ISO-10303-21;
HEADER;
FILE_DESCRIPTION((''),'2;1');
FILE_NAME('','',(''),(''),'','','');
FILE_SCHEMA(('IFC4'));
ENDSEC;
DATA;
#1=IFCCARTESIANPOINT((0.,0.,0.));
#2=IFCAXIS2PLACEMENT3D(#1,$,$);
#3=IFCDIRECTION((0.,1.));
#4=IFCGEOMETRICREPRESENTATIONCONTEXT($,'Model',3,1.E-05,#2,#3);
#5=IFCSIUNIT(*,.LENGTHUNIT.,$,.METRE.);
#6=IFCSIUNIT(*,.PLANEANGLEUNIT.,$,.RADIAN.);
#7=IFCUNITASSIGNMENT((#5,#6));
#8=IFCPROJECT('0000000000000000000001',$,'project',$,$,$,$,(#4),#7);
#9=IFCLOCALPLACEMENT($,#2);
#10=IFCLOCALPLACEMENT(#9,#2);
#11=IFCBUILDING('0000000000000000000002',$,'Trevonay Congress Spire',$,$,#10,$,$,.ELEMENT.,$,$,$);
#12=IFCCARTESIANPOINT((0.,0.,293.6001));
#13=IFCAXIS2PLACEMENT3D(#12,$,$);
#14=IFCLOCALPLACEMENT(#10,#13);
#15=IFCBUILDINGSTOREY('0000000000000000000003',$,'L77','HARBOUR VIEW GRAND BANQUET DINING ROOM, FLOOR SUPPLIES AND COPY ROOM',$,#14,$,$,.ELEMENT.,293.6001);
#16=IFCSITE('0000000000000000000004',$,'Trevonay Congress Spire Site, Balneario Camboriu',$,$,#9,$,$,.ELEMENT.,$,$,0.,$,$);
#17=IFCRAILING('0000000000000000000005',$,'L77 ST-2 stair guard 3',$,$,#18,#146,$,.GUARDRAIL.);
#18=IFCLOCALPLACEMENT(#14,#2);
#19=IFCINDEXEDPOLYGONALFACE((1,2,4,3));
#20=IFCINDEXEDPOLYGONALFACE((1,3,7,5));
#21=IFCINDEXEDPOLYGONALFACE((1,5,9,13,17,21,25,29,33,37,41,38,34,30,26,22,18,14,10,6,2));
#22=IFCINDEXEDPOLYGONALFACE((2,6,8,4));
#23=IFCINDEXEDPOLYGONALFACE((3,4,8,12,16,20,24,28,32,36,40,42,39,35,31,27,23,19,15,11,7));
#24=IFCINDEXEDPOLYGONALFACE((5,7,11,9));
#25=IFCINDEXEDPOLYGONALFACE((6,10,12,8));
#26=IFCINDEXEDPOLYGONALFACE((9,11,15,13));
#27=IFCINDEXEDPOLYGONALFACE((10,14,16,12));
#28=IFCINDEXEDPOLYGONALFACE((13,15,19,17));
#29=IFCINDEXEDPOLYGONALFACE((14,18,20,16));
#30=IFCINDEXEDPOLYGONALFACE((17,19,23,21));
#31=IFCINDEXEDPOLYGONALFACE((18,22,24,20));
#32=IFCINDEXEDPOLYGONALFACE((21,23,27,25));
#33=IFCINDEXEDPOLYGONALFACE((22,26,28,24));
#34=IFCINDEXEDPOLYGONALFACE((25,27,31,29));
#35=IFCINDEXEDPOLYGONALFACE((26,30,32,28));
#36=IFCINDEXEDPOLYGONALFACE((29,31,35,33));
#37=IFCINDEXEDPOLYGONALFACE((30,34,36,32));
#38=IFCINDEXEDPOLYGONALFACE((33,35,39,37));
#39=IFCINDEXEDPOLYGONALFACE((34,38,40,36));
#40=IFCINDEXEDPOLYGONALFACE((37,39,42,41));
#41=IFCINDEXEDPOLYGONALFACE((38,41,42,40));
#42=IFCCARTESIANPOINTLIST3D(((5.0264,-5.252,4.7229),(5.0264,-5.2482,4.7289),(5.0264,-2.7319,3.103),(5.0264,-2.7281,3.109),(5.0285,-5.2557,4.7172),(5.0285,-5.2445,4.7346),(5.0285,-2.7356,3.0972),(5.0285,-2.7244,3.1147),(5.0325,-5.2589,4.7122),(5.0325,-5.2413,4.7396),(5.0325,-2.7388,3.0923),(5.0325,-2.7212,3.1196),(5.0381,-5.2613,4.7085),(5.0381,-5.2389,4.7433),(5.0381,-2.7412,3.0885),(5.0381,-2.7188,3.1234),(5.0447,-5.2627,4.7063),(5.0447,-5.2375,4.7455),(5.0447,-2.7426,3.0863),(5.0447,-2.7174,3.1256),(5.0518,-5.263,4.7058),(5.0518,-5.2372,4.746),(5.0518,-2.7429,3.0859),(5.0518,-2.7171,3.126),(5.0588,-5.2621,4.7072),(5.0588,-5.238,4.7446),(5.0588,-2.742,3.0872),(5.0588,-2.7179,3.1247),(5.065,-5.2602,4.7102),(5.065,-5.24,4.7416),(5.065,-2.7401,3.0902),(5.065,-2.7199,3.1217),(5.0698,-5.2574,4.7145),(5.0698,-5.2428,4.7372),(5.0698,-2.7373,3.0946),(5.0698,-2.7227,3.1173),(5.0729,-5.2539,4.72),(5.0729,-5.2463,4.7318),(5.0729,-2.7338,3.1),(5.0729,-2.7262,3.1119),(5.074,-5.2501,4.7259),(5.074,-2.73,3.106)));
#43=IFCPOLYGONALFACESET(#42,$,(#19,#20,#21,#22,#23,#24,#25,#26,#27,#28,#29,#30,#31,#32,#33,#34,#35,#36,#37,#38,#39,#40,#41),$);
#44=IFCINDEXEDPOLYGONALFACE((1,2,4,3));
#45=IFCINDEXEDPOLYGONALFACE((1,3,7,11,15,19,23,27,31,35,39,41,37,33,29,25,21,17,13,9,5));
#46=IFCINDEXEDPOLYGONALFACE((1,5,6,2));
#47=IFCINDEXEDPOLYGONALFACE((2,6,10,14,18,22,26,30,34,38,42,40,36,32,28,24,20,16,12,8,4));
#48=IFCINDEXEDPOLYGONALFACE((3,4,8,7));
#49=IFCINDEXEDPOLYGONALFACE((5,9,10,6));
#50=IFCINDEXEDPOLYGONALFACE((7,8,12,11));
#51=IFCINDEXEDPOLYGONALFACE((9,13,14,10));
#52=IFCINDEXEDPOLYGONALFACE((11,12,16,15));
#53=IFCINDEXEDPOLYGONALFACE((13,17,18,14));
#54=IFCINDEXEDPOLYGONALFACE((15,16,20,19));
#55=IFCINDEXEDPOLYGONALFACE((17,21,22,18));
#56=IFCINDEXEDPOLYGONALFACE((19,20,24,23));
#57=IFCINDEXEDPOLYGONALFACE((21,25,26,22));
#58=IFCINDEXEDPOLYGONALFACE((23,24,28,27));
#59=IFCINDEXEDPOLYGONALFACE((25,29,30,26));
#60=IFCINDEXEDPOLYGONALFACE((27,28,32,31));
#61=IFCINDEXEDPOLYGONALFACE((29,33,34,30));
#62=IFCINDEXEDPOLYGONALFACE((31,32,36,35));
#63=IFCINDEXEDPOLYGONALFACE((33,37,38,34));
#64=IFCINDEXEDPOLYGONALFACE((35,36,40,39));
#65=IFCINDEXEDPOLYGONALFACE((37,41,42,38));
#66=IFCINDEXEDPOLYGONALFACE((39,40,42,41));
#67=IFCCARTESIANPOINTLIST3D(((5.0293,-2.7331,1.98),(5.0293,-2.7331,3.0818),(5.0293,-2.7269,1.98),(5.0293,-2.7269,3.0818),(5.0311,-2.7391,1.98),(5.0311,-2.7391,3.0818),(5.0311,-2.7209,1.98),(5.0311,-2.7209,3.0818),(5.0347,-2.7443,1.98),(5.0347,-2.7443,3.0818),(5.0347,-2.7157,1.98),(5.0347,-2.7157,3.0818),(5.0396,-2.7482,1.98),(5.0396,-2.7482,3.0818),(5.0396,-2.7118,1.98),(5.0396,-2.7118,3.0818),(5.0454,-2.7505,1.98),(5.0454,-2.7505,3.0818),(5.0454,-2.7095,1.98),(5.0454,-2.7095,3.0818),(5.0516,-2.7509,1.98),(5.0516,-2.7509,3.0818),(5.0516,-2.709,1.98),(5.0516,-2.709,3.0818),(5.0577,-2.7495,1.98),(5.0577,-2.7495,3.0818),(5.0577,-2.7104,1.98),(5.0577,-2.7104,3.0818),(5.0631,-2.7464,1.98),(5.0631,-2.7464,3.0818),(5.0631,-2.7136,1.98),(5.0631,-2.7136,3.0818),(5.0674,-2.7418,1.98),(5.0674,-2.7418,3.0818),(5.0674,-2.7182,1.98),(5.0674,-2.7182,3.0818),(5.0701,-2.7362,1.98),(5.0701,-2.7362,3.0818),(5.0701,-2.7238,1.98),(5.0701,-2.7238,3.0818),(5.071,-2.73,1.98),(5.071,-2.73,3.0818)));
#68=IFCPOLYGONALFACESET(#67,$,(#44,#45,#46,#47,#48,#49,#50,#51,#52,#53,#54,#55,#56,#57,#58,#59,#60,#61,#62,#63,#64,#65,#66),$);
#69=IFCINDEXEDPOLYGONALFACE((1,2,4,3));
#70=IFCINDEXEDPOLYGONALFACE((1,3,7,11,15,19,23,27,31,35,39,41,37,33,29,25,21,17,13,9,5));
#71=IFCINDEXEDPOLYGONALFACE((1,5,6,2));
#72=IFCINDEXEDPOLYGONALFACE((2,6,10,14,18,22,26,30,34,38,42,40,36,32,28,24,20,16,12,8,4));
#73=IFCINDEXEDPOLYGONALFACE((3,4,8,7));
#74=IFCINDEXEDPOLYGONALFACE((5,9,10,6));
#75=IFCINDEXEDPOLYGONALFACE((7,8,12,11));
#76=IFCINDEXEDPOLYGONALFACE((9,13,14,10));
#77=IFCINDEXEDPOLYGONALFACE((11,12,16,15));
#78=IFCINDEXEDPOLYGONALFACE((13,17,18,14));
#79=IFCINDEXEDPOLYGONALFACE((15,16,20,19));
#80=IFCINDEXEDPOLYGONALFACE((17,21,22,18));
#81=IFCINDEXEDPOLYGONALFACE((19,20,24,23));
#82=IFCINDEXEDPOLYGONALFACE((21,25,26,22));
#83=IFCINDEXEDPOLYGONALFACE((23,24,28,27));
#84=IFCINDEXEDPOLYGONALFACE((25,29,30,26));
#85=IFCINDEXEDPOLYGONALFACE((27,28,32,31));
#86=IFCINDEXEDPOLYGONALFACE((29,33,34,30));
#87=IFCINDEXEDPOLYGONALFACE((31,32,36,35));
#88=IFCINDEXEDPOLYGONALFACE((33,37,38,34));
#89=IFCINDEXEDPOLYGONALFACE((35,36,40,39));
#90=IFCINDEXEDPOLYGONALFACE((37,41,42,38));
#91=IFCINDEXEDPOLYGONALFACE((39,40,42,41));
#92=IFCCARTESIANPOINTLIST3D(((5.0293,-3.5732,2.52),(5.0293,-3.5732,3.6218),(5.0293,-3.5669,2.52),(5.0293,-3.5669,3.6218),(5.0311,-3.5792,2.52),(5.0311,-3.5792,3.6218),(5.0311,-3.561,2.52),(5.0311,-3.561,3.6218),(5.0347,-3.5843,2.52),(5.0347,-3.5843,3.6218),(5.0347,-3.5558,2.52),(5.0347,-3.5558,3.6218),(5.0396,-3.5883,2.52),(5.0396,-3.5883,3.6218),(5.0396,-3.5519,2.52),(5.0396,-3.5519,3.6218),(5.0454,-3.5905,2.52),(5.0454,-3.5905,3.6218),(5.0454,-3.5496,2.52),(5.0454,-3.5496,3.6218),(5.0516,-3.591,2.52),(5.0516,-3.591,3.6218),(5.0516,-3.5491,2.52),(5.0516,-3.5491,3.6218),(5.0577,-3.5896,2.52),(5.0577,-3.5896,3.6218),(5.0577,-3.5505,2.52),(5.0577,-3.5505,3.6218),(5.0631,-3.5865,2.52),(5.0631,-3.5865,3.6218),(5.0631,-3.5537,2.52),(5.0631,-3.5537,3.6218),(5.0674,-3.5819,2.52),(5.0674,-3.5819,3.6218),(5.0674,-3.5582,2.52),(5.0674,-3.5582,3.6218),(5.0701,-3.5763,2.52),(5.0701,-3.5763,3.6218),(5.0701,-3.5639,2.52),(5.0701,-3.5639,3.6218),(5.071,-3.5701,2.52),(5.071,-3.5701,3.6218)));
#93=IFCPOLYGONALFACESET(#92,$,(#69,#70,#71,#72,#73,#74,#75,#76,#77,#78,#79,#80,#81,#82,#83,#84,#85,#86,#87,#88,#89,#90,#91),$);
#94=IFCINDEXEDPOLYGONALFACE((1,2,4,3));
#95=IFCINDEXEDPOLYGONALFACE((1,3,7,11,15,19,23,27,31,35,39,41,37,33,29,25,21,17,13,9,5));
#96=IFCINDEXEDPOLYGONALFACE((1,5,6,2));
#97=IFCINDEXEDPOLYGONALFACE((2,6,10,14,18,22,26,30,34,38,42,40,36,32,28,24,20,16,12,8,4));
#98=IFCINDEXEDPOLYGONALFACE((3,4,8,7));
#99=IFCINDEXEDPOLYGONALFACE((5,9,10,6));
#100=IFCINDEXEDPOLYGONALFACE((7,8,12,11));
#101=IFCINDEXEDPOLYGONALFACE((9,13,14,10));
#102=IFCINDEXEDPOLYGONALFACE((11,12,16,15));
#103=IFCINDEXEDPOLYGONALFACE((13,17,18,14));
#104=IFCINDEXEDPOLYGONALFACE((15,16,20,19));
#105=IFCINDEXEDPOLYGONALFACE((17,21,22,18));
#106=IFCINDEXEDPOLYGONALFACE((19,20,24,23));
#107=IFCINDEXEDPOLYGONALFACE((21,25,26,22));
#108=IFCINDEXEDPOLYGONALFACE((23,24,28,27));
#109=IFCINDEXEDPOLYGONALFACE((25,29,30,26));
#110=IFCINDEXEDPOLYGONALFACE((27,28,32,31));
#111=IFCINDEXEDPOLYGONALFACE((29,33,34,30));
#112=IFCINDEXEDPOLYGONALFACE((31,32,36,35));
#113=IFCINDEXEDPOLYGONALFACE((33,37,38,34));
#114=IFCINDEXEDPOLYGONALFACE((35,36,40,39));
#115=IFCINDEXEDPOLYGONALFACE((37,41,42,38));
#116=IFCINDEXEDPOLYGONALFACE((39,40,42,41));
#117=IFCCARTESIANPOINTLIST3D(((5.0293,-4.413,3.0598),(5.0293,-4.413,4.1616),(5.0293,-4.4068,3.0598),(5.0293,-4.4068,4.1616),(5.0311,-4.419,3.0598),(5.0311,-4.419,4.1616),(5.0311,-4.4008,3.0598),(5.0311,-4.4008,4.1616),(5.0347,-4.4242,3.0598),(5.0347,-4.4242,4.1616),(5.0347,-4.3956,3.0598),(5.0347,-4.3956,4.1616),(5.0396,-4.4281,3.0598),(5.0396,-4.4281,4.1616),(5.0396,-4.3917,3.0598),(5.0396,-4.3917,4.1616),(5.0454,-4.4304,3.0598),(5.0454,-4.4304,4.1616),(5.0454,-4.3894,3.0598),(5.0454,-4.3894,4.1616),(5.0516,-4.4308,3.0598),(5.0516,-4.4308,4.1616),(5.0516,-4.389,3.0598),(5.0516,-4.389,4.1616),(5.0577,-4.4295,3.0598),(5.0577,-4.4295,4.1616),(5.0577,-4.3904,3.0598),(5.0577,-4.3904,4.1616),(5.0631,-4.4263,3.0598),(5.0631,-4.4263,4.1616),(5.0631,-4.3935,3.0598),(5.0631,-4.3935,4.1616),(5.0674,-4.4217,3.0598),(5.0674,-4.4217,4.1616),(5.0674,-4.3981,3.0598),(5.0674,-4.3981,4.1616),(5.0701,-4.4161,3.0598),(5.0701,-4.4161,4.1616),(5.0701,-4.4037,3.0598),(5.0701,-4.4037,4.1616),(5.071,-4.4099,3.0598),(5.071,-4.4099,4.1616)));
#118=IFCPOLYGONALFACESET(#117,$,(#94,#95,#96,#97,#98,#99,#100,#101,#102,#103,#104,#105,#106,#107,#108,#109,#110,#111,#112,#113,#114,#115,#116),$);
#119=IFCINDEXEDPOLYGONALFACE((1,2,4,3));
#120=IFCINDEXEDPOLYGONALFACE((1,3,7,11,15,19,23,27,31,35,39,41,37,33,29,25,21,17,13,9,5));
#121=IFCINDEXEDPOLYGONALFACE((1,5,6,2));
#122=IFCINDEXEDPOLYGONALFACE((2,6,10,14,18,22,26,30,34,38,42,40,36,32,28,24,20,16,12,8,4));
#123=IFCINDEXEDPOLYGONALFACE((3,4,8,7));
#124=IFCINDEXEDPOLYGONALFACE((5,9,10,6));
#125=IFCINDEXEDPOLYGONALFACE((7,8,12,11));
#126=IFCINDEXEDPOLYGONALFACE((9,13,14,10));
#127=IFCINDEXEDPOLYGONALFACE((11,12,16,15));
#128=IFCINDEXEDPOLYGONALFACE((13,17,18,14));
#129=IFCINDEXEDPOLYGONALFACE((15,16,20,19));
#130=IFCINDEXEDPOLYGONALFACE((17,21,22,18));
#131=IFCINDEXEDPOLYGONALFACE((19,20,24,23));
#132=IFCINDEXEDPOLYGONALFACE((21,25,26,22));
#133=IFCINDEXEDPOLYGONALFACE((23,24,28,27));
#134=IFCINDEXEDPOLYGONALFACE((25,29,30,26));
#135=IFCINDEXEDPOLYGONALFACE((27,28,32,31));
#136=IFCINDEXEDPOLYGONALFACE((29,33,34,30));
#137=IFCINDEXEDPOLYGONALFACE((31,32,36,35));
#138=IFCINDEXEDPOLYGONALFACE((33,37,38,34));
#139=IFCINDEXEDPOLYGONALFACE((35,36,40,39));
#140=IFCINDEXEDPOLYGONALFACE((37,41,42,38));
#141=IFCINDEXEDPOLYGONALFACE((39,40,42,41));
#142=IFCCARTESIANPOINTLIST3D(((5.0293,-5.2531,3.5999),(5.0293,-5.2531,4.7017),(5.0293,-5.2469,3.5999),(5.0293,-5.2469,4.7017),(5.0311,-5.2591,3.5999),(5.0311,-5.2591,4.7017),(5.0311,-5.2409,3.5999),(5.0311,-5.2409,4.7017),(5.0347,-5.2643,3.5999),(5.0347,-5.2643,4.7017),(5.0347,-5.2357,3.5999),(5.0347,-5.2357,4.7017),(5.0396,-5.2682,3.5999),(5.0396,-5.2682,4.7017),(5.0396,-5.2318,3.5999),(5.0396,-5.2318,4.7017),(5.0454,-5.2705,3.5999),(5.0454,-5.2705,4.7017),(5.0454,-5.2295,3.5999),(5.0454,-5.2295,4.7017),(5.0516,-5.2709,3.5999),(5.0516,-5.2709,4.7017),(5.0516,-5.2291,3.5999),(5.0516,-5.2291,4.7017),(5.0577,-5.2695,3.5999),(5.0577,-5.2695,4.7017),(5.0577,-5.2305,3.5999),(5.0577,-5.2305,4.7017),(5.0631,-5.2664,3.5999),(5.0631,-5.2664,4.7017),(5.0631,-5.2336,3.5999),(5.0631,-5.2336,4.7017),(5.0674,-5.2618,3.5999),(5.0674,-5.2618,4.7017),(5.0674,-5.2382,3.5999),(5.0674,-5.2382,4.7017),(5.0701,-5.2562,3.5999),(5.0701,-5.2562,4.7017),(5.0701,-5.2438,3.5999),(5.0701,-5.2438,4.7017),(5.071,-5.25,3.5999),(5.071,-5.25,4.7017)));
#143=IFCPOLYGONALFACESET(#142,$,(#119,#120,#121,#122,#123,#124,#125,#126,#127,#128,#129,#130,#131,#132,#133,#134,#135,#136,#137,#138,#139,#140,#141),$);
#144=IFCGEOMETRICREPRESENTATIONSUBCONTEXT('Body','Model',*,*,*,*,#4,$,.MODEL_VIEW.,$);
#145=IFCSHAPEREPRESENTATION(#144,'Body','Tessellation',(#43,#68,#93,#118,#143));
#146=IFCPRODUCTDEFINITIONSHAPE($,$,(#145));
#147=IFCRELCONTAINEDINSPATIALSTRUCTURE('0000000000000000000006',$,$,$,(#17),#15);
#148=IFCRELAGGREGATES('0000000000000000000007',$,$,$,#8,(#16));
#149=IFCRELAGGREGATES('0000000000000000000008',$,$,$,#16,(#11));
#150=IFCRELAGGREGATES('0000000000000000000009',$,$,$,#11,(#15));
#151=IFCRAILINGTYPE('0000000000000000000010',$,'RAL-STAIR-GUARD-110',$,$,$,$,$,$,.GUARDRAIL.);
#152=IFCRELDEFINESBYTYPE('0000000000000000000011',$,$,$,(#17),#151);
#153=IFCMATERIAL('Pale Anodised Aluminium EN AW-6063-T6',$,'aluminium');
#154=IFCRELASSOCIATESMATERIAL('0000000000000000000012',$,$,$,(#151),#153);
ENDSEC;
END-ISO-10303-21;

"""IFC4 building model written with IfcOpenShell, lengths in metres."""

from ifc_helpers import new_model, si_unit, direction, frame, origin, origin_2d, place, context, subcontext, project, spatial, circle, extrude, material, type_object, element, save


model = new_model("IFC4")

# Units and contexts
model_context = context("Model", 3, precision=1e-05, world=origin(), true_north=direction((0.0, 1.0)))
body_context = subcontext(model_context, "Body", "Model", "MODEL_VIEW")
ifc_project = project(units=[si_unit("LENGTHUNIT", "METRE"), si_unit("PLANEANGLEUNIT", "RADIAN")], contexts=[model_context])

# Site, building, storey
site_placement = place(None, origin())
site = spatial("IfcSite", under=ifc_project, at=site_placement, Name="Trevonay Congress Spire Site, Balneario Camboriu", CompositionType="ELEMENT", RefElevation=0.0)
building_placement = place(site_placement, origin())
building = spatial("IfcBuilding", under=site, at=building_placement, Name="Trevonay Congress Spire", CompositionType="ELEMENT")
storey_placement = place(building_placement, frame((0.0, 0.0, 293.6001)))
storey = spatial("IfcBuildingStorey", under=building, at=storey_placement, Name="L77", Description="HARBOUR VIEW GRAND BANQUET DINING ROOM, FLOOR SUPPLIES AND COPY ROOM", CompositionType="ELEMENT", Elevation=293.6001)

# Shared definitions
ifc_material_1 = material(Name="Pale Anodised Aluminium EN AW-6063-T6", Category="aluminium")

# Railing
railing_type_1 = type_object("IfcRailingType", Name="RAL-STAIR-GUARD-110", PredefinedType="GUARDRAIL", material=ifc_material_1)
railing_1_placement = place(storey_placement, frame((5.05, -2.73, 1.98)))
element("IfcRailing", 1, at=railing_1_placement, inside=storey, type_object=railing_type_1, Name="L77 ST-2 stair guard 3", PredefinedType="GUARDRAIL", context=body_context, shape_type="SweptSolid", body=[
    extrude(circle(Radius=0.0239, at=origin_2d()), frame((0.0, 0.0, 1.126), z_axis=(0.0, -0.8412, 0.540725), x_axis=(1.0, 0.0, 0.0)), (0.0, 0.0, 1.0), 2.9958),
    extrude(circle(Radius=0.021, at=origin_2d()), origin(), (0.0, 0.0, 1.0), 1.1018),
    extrude(circle(Radius=0.021, at=origin_2d()), frame((0.0, -0.8401, 0.54)), (0.0, 0.0, 1.0), 1.1018),
    extrude(circle(Radius=0.021, at=origin_2d()), frame((0.0, -1.6799, 1.0798)), (0.0, 0.0, 1.0), 1.1018),
    extrude(circle(Radius=0.021, at=origin_2d()), frame((0.0, -2.52, 1.6199)), (0.0, 0.0, 1.0), 1.1018),
])

save(model, "model.ifc")
